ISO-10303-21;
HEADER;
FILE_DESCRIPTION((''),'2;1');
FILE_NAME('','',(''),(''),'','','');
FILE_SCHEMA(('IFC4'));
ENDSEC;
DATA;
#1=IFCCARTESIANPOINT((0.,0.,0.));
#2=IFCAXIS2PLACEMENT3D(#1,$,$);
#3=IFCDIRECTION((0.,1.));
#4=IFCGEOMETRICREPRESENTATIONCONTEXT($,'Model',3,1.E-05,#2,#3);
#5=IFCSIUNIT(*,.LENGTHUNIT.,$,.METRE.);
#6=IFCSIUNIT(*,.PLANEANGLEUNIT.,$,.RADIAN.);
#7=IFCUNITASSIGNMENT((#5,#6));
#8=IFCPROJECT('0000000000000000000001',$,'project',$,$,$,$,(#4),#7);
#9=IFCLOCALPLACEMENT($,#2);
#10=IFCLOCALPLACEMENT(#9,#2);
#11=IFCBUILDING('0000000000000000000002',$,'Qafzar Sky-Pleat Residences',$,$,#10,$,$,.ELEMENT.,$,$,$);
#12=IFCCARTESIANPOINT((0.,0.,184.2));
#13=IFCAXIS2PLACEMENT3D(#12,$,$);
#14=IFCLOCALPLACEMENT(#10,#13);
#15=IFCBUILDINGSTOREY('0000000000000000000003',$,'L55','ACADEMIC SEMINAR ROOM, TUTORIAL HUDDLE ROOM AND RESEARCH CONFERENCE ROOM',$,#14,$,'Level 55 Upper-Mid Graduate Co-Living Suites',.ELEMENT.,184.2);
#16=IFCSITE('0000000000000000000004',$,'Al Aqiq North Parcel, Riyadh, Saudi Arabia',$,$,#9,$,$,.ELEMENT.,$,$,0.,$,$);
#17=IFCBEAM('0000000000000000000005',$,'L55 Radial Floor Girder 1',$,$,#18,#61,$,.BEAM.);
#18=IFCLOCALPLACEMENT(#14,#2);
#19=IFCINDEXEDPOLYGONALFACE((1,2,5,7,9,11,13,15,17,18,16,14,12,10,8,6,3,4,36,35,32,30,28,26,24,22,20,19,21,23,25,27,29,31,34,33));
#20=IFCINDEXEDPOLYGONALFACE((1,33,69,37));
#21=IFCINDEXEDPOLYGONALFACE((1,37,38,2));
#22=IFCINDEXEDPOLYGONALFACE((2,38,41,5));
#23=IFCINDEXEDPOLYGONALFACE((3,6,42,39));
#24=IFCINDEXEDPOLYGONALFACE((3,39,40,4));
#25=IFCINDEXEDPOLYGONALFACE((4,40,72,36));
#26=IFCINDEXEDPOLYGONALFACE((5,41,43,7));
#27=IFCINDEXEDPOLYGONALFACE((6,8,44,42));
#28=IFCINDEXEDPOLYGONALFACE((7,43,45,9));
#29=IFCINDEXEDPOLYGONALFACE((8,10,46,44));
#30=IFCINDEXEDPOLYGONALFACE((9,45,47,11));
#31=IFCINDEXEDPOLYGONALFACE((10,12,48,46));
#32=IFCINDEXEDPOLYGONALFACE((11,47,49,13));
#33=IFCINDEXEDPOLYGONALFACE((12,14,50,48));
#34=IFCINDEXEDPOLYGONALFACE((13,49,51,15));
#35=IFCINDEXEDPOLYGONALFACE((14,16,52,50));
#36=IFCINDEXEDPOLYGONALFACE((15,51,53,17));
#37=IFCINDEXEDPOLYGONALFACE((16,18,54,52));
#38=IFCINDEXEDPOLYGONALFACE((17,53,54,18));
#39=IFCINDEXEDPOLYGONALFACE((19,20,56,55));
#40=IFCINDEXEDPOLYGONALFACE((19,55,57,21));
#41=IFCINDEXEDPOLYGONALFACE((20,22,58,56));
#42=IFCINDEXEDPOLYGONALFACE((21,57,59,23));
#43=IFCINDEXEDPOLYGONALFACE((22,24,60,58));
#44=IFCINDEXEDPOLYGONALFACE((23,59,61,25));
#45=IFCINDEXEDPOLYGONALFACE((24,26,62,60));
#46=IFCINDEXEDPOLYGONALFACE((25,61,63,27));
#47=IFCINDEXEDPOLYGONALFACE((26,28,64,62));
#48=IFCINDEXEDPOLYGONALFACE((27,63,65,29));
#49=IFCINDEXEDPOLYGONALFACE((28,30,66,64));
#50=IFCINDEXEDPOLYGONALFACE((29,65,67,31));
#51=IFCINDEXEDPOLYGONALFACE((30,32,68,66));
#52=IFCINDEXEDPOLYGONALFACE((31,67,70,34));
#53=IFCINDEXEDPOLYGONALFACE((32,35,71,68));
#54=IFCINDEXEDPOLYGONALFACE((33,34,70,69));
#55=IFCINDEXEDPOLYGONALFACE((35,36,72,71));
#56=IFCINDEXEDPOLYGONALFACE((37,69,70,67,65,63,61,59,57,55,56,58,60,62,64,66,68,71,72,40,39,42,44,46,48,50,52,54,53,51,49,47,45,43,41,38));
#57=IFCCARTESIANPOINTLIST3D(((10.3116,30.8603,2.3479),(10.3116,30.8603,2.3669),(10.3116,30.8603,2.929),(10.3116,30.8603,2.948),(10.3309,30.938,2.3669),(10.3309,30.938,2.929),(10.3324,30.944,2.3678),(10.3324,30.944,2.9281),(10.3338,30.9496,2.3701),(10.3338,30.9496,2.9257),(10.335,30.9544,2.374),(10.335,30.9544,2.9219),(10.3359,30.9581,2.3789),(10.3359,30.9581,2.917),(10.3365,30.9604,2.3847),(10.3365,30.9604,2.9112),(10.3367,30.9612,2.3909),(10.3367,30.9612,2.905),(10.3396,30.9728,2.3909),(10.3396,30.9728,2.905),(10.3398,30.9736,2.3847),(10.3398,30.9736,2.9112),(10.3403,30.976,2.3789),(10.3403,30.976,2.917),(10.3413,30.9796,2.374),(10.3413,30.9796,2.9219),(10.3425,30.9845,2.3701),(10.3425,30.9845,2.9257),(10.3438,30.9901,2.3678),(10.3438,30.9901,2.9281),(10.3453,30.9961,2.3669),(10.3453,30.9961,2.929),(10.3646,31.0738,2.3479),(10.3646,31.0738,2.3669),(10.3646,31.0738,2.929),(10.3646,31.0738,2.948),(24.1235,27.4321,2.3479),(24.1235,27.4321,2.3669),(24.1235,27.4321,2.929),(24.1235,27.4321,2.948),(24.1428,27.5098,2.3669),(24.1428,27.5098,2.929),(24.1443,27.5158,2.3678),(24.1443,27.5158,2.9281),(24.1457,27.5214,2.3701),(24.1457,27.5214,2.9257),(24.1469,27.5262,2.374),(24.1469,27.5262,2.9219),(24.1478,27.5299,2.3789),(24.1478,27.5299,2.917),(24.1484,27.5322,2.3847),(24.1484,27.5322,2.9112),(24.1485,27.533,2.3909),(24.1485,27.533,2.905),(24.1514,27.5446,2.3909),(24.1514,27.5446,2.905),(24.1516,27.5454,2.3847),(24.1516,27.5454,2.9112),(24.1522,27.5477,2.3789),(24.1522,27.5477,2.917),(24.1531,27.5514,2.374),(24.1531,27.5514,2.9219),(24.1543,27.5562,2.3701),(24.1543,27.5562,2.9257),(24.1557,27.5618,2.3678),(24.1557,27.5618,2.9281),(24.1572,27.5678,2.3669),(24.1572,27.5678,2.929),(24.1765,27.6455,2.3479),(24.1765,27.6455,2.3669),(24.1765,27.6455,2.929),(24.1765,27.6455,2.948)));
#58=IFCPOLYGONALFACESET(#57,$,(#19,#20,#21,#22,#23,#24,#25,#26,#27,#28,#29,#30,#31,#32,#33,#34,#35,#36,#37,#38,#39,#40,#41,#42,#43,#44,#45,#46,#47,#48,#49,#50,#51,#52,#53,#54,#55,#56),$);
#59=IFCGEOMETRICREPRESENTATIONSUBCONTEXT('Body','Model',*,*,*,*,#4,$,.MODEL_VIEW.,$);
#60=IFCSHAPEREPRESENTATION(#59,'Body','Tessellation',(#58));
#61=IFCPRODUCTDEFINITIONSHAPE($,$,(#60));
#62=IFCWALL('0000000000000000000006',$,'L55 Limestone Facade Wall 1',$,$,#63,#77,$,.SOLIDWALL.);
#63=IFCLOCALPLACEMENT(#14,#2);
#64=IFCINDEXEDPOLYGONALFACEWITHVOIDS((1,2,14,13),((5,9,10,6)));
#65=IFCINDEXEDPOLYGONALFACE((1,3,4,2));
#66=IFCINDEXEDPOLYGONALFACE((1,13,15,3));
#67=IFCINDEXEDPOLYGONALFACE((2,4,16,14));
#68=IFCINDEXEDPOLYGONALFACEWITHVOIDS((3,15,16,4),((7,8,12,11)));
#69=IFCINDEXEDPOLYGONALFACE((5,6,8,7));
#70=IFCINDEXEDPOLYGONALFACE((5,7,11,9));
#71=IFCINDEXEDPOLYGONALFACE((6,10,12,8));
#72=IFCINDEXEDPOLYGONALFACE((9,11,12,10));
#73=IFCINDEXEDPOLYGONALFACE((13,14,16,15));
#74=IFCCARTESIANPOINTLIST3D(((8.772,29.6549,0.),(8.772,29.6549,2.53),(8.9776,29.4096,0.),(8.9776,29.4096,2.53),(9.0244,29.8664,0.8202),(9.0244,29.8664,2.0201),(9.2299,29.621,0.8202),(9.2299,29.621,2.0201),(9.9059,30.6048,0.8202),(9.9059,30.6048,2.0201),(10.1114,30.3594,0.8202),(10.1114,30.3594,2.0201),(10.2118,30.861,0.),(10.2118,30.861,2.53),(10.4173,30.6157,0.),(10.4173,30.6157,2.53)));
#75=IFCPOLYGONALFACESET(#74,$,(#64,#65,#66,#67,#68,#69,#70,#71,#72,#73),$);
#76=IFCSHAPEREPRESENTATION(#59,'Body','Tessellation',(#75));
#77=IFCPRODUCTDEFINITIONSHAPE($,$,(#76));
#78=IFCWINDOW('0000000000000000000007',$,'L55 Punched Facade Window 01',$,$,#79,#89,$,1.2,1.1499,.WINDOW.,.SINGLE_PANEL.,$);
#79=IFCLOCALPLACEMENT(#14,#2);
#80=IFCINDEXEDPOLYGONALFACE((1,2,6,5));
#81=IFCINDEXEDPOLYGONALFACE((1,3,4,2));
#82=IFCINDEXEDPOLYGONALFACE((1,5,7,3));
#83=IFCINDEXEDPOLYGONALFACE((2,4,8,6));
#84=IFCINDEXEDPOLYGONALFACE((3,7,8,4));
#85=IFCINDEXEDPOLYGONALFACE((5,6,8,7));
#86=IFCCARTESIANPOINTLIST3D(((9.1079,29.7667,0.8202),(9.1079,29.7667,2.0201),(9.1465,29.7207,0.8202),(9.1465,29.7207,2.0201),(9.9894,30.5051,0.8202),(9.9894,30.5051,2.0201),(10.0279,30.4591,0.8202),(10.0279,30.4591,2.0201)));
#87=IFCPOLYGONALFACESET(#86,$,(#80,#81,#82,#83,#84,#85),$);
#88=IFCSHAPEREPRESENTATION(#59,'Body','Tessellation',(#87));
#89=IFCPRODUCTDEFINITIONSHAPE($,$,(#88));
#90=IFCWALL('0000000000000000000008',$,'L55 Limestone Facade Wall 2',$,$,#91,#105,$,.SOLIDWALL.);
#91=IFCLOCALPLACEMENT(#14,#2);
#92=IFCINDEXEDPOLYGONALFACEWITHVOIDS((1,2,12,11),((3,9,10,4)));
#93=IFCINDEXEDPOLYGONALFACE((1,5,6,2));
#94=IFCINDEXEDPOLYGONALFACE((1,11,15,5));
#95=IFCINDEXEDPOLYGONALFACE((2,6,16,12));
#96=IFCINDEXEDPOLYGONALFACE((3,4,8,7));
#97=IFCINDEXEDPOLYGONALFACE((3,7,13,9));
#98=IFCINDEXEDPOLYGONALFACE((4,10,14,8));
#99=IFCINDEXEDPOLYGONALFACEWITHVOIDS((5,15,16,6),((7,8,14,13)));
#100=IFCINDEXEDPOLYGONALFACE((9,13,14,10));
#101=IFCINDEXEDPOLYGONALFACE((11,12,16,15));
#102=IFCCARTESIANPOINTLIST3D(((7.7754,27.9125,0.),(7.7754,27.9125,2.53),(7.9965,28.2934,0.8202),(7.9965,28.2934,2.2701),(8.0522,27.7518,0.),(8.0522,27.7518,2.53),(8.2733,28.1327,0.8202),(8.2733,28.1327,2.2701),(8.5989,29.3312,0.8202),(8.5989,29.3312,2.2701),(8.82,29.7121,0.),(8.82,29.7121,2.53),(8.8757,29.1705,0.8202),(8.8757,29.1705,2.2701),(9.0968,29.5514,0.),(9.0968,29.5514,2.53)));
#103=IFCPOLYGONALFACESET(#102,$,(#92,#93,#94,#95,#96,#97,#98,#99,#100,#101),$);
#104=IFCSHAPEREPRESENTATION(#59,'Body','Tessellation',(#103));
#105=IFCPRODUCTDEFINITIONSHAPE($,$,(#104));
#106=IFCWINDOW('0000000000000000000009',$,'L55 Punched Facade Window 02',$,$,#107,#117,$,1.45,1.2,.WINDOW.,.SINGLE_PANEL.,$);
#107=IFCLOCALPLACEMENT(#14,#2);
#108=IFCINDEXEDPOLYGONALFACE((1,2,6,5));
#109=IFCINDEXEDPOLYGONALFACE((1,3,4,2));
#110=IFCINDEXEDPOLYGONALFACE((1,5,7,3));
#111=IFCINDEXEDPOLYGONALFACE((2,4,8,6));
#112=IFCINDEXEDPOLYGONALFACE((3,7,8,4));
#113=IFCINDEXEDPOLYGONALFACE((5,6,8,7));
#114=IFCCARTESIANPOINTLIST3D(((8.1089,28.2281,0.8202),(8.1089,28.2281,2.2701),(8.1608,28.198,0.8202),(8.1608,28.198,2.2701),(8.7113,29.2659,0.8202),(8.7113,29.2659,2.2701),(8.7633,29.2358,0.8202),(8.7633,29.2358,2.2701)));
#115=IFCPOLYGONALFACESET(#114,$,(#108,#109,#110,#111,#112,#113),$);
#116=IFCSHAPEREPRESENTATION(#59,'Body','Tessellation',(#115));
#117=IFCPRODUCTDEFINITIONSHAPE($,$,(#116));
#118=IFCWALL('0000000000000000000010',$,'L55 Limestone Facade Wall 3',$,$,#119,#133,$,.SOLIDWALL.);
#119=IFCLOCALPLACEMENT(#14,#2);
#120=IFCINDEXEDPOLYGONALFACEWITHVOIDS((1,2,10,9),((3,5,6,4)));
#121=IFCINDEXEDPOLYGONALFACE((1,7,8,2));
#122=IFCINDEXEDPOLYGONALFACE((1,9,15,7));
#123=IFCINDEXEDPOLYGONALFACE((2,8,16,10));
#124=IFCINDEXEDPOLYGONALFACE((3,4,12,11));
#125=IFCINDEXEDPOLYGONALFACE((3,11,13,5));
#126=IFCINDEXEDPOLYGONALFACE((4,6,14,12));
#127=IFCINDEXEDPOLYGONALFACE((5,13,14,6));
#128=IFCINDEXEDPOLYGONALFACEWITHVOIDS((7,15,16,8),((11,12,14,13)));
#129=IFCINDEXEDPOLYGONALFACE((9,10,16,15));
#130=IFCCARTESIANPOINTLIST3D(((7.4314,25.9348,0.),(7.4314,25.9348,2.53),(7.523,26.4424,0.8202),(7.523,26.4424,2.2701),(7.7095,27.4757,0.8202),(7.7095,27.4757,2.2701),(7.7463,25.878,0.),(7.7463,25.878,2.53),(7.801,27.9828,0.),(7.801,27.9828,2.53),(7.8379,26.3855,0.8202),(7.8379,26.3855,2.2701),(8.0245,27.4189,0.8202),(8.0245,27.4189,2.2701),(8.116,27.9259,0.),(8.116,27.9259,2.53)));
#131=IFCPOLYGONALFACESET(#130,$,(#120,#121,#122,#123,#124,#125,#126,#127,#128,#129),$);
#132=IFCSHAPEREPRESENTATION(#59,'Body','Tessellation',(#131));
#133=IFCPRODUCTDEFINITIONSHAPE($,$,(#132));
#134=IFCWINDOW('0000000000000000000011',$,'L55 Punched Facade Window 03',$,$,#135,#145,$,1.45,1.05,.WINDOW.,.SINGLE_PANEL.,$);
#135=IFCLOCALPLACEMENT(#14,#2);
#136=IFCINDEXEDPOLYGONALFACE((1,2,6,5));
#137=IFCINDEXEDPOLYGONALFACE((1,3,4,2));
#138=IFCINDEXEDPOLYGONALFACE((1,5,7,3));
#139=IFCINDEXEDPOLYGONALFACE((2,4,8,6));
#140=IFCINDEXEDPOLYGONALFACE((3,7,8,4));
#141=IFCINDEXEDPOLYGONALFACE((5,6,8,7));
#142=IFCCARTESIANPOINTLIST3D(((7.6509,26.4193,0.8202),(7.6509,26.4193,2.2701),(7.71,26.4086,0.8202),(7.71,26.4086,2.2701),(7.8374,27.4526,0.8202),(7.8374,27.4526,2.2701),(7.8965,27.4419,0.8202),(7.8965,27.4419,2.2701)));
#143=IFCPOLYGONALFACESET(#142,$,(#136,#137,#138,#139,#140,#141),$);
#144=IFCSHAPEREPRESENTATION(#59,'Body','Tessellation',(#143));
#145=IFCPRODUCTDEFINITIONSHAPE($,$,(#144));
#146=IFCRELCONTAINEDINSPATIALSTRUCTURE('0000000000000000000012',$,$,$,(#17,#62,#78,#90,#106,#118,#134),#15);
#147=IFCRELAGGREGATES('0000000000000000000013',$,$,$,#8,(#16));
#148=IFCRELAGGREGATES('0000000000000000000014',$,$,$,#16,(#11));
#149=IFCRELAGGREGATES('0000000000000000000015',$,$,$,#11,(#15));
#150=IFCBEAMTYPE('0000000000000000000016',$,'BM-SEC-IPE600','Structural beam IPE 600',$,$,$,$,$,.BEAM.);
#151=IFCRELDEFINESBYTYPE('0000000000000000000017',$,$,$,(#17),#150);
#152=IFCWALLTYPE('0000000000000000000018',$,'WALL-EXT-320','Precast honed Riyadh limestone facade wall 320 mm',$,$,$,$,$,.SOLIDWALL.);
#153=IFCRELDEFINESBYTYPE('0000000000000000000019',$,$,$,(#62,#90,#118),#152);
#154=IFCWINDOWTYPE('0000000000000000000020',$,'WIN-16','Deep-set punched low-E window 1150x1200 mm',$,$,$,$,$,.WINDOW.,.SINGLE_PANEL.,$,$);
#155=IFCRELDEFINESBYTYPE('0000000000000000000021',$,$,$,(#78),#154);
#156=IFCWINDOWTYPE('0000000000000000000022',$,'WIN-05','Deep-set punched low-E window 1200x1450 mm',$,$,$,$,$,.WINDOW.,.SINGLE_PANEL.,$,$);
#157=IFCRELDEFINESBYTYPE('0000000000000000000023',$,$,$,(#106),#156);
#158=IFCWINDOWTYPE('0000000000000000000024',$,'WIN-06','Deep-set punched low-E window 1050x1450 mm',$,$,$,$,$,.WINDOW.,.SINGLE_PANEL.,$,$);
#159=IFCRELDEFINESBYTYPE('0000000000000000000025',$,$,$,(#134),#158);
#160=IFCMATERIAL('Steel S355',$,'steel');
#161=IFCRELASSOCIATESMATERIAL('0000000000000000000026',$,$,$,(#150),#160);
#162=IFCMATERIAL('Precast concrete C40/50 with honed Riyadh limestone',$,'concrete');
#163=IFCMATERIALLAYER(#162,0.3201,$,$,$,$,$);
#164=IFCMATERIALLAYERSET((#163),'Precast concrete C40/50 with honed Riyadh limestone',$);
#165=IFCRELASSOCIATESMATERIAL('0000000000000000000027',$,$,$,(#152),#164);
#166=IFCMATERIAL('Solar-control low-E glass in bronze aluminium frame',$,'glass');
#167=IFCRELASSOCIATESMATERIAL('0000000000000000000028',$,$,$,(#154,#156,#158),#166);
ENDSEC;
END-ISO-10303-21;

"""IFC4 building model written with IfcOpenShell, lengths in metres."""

from ifc_helpers import new_model, si_unit, direction, frame, frame_2d, origin, origin_2d, place, context, subcontext, project, spatial, rectangle, i_section, extrude, source, transform, mapped, material, layer, layer_set, material_profile, profile_set, type_object, element, fill, save


model = new_model("IFC4")

# Units and contexts
model_context = context("Model", 3, precision=1e-05, world=origin(), true_north=direction((0.0, 1.0)))
body_context = subcontext(model_context, "Body", "Model", "MODEL_VIEW")
ifc_project = project(units=[si_unit("LENGTHUNIT", "METRE"), si_unit("PLANEANGLEUNIT", "RADIAN")], contexts=[model_context])

# Site, building, storey
site_placement = place(None, origin())
site = spatial("IfcSite", under=ifc_project, at=site_placement, Name="Al Aqiq North Parcel, Riyadh, Saudi Arabia", CompositionType="ELEMENT", RefElevation=0.0)
building_placement = place(site_placement, origin())
building = spatial("IfcBuilding", under=site, at=building_placement, Name="Qafzar Sky-Pleat Residences", CompositionType="ELEMENT")
storey_placement = place(building_placement, frame((0.0, 0.0, 184.2)))
storey = spatial("IfcBuildingStorey", under=building, at=storey_placement, Name="L55", Description="ACADEMIC SEMINAR ROOM, TUTORIAL HUDDLE ROOM AND RESEARCH CONFERENCE ROOM", LongName="Level 55 Upper-Mid Graduate Co-Living Suites", CompositionType="ELEMENT", Elevation=184.2)

# Shared definitions
ifc_material_1 = material(Name="Steel S355", Category="steel")

# Beam
ifc_material_profile_1 = material_profile(ifc_material_1, i_section(OverallWidth=0.22, OverallDepth=0.6001, WebThickness=0.012, FlangeThickness=0.019, FilletRadius=0.0239, at=origin_2d()), Name="IPE 600")
ifc_profile_set_1 = profile_set([ifc_material_profile_1], Name="Steel S355")
beam_type_1 = type_object("IfcBeamType", Name="BM-SEC-IPE600", Description="Structural beam IPE 600", PredefinedType="BEAM", material=ifc_profile_set_1)
shared_shape_1 = source(origin(), body_context, "Body", "SweptSolid", [
    extrude(i_section(OverallWidth=0.22, OverallDepth=0.6001, WebThickness=0.012, FlangeThickness=0.019, FilletRadius=0.0239, at=origin_2d()), origin(), (0.0, 0.0, 1.0), 14.231),
])
beam_1_placement = place(storey_placement, frame((10.3381, 30.967, 2.6479), z_axis=(0.97055, -0.2409, 0.0), x_axis=(0.2409, 0.97055, 0.0)))
element("IfcBeam", 1, at=beam_1_placement, inside=storey, type_object=beam_type_1, Name="L55 Radial Floor Girder 1", PredefinedType="BEAM", context=body_context, shape_type="MappedRepresentation", body=[
    mapped(shared_shape_1, transform((0.0, 0.0, 0.0), x_axis=(1.0, 0.0, 0.0), y_axis=(0.0, 1.0, 0.0), z_axis=(0.0, 0.0, 1.0), scale=1.0)),
])

# Walls, openings, windows
ifc_material_2 = material(Name="Precast concrete C40/50 with honed Riyadh limestone", Category="concrete")
ifc_layer_1 = layer(ifc_material_2, 0.3201)
ifc_layer_set_1 = layer_set([ifc_layer_1], Name="Precast concrete C40/50 with honed Riyadh limestone")
wall_type_1 = type_object("IfcWallType", Name="WALL-EXT-320", Description="Precast honed Riyadh limestone facade wall 320 mm", PredefinedType="SOLIDWALL", material=ifc_layer_set_1)
wall_1_placement = place(storey_placement, frame((10.3145, 30.7383, 0.0), z_axis=(0.0, 0.0, 1.0), x_axis=(-0.766567, -0.642164, 0.0)))
wall_1 = element("IfcWall", 2, at=wall_1_placement, inside=storey, type_object=wall_type_1, Name="L55 Limestone Facade Wall 1", PredefinedType="SOLIDWALL", context=body_context, shape_type="SweptSolid", body=[
    extrude(rectangle(XDim=1.8782, YDim=0.3201, at=frame_2d((0.939, 0.0))), origin(), (0.0, 0.0, 1.0), 2.53),
])
opening_1_placement = place(wall_1_placement, frame((0.3989, 0.0, 0.8201)))
opening_1 = element("IfcOpeningElement", 3, at=opening_1_placement, cuts=wall_1, PredefinedType="OPENING", context=body_context, shape_type="SweptSolid", body=[
    extrude(rectangle(XDim=1.1499, YDim=1.2, at=frame_2d((0.575, 0.6001))), frame((0.0, 0.1699, 0.0), z_axis=(0.0, -1.0, 0.0), x_axis=(1.0, 0.0, 0.0)), (0.0, 0.0, 1.0), 0.3401),
])
ifc_material_3 = material(Name="Solar-control low-E glass in bronze aluminium frame", Category="glass")
window_type_1 = type_object("IfcWindowType", Name="WIN-16", Description="Deep-set punched low-E window 1150x1200 mm", PartitioningType="SINGLE_PANEL", PredefinedType="WINDOW", material=ifc_material_3)
shared_shape_2 = source(origin(), body_context, "Body", "SweptSolid", [
    extrude(rectangle(XDim=1.1499, YDim=1.2, at=frame_2d((0.575, 0.6001))), frame((0.0, 0.03, 0.0), z_axis=(0.0, -1.0, 0.0), x_axis=(1.0, 0.0, 0.0)), (0.0, 0.0, 1.0), 0.0601),
])
window_1_placement = place(opening_1_placement, origin())
window_1 = element("IfcWindow", 4, at=window_1_placement, inside=storey, type_object=window_type_1, Name="L55 Punched Facade Window 01", OverallHeight=1.2, OverallWidth=1.1499, PartitioningType="SINGLE_PANEL", PredefinedType="WINDOW", context=body_context, shape_type="MappedRepresentation", body=[
    mapped(shared_shape_2, transform((0.0, 0.0, 0.0), x_axis=(1.0, 0.0, 0.0), y_axis=(0.0, 1.0, 0.0), z_axis=(0.0, 0.0, 1.0), scale=1.0)),
])
fill(opening_1, window_1)
wall_2_placement = place(storey_placement, frame((8.9585, 29.6318, 0.0), z_axis=(0.0, 0.0, 1.0), x_axis=(-0.502053, -0.864837, 0.0)))
wall_2 = element("IfcWall", 5, at=wall_2_placement, inside=storey, type_object=wall_type_1, Name="L55 Limestone Facade Wall 2", PredefinedType="SOLIDWALL", context=body_context, shape_type="SweptSolid", body=[
    extrude(rectangle(XDim=2.0808, YDim=0.3201, at=frame_2d((1.0405, 0.0))), origin(), (0.0, 0.0, 1.0), 2.53),
])
opening_2_placement = place(wall_2_placement, frame((0.4404, 0.0, 0.8201)))
opening_2 = element("IfcOpeningElement", 6, at=opening_2_placement, cuts=wall_2, PredefinedType="OPENING", context=body_context, shape_type="SweptSolid", body=[
    extrude(rectangle(XDim=1.2, YDim=1.45, at=frame_2d((0.6001, 0.7251))), frame((0.0, 0.1699, 0.0), z_axis=(0.0, -1.0, 0.0), x_axis=(1.0, 0.0, 0.0)), (0.0, 0.0, 1.0), 0.3401),
])
window_type_2 = type_object("IfcWindowType", Name="WIN-05", Description="Deep-set punched low-E window 1200x1450 mm", PartitioningType="SINGLE_PANEL", PredefinedType="WINDOW", material=ifc_material_3)
shared_shape_3 = source(origin(), body_context, "Body", "SweptSolid", [
    extrude(rectangle(XDim=1.2, YDim=1.45, at=frame_2d((0.6001, 0.7251))), frame((0.0, 0.03, 0.0), z_axis=(0.0, -1.0, 0.0), x_axis=(1.0, 0.0, 0.0)), (0.0, 0.0, 1.0), 0.0601),
])
window_2_placement = place(opening_2_placement, origin())
window_2 = element("IfcWindow", 7, at=window_2_placement, inside=storey, type_object=window_type_2, Name="L55 Punched Facade Window 02", OverallHeight=1.45, OverallWidth=1.2, PartitioningType="SINGLE_PANEL", PredefinedType="WINDOW", context=body_context, shape_type="MappedRepresentation", body=[
    mapped(shared_shape_3, transform((0.0, 0.0, 0.0), x_axis=(1.0, 0.0, 0.0), y_axis=(0.0, 1.0, 0.0), z_axis=(0.0, 0.0, 1.0), scale=1.0)),
])
fill(opening_2, window_2)
wall_3_placement = place(storey_placement, frame((7.9585, 27.9543, 0.0), z_axis=(0.0, 0.0, 1.0), x_axis=(-0.177626, -0.984098, 0.0)))
wall_3 = element("IfcWall", 8, at=wall_3_placement, inside=storey, type_object=wall_type_1, Name="L55 Limestone Facade Wall 3", PredefinedType="SOLIDWALL", context=body_context, shape_type="SweptSolid", body=[
    extrude(rectangle(XDim=2.0811, YDim=0.3201, at=frame_2d((1.0405, 0.0))), origin(), (0.0, 0.0, 1.0), 2.53),
])
opening_3_placement = place(wall_3_placement, frame((0.5154, 0.0, 0.8201)))
opening_3 = element("IfcOpeningElement", 9, at=opening_3_placement, cuts=wall_3, PredefinedType="OPENING", context=body_context, shape_type="SweptSolid", body=[
    extrude(rectangle(XDim=1.05, YDim=1.45, at=frame_2d((0.5249, 0.7251))), frame((0.0, 0.1699, 0.0), z_axis=(0.0, -1.0, 0.0), x_axis=(1.0, 0.0, 0.0)), (0.0, 0.0, 1.0), 0.3401),
])
window_type_3 = type_object("IfcWindowType", Name="WIN-06", Description="Deep-set punched low-E window 1050x1450 mm", PartitioningType="SINGLE_PANEL", PredefinedType="WINDOW", material=ifc_material_3)
shared_shape_4 = source(origin(), body_context, "Body", "SweptSolid", [
    extrude(rectangle(XDim=1.05, YDim=1.45, at=frame_2d((0.5249, 0.7251))), frame((0.0, 0.03, 0.0), z_axis=(0.0, -1.0, 0.0), x_axis=(1.0, 0.0, 0.0)), (0.0, 0.0, 1.0), 0.0601),
])
window_3_placement = place(opening_3_placement, origin())
window_3 = element("IfcWindow", 10, at=window_3_placement, inside=storey, type_object=window_type_3, Name="L55 Punched Facade Window 03", OverallHeight=1.45, OverallWidth=1.05, PartitioningType="SINGLE_PANEL", PredefinedType="WINDOW", context=body_context, shape_type="MappedRepresentation", body=[
    mapped(shared_shape_4, transform((0.0, 0.0, 0.0), x_axis=(1.0, 0.0, 0.0), y_axis=(0.0, 1.0, 0.0), z_axis=(0.0, 0.0, 1.0), scale=1.0)),
])
fill(opening_3, window_3)

save(model, "model.ifc")
